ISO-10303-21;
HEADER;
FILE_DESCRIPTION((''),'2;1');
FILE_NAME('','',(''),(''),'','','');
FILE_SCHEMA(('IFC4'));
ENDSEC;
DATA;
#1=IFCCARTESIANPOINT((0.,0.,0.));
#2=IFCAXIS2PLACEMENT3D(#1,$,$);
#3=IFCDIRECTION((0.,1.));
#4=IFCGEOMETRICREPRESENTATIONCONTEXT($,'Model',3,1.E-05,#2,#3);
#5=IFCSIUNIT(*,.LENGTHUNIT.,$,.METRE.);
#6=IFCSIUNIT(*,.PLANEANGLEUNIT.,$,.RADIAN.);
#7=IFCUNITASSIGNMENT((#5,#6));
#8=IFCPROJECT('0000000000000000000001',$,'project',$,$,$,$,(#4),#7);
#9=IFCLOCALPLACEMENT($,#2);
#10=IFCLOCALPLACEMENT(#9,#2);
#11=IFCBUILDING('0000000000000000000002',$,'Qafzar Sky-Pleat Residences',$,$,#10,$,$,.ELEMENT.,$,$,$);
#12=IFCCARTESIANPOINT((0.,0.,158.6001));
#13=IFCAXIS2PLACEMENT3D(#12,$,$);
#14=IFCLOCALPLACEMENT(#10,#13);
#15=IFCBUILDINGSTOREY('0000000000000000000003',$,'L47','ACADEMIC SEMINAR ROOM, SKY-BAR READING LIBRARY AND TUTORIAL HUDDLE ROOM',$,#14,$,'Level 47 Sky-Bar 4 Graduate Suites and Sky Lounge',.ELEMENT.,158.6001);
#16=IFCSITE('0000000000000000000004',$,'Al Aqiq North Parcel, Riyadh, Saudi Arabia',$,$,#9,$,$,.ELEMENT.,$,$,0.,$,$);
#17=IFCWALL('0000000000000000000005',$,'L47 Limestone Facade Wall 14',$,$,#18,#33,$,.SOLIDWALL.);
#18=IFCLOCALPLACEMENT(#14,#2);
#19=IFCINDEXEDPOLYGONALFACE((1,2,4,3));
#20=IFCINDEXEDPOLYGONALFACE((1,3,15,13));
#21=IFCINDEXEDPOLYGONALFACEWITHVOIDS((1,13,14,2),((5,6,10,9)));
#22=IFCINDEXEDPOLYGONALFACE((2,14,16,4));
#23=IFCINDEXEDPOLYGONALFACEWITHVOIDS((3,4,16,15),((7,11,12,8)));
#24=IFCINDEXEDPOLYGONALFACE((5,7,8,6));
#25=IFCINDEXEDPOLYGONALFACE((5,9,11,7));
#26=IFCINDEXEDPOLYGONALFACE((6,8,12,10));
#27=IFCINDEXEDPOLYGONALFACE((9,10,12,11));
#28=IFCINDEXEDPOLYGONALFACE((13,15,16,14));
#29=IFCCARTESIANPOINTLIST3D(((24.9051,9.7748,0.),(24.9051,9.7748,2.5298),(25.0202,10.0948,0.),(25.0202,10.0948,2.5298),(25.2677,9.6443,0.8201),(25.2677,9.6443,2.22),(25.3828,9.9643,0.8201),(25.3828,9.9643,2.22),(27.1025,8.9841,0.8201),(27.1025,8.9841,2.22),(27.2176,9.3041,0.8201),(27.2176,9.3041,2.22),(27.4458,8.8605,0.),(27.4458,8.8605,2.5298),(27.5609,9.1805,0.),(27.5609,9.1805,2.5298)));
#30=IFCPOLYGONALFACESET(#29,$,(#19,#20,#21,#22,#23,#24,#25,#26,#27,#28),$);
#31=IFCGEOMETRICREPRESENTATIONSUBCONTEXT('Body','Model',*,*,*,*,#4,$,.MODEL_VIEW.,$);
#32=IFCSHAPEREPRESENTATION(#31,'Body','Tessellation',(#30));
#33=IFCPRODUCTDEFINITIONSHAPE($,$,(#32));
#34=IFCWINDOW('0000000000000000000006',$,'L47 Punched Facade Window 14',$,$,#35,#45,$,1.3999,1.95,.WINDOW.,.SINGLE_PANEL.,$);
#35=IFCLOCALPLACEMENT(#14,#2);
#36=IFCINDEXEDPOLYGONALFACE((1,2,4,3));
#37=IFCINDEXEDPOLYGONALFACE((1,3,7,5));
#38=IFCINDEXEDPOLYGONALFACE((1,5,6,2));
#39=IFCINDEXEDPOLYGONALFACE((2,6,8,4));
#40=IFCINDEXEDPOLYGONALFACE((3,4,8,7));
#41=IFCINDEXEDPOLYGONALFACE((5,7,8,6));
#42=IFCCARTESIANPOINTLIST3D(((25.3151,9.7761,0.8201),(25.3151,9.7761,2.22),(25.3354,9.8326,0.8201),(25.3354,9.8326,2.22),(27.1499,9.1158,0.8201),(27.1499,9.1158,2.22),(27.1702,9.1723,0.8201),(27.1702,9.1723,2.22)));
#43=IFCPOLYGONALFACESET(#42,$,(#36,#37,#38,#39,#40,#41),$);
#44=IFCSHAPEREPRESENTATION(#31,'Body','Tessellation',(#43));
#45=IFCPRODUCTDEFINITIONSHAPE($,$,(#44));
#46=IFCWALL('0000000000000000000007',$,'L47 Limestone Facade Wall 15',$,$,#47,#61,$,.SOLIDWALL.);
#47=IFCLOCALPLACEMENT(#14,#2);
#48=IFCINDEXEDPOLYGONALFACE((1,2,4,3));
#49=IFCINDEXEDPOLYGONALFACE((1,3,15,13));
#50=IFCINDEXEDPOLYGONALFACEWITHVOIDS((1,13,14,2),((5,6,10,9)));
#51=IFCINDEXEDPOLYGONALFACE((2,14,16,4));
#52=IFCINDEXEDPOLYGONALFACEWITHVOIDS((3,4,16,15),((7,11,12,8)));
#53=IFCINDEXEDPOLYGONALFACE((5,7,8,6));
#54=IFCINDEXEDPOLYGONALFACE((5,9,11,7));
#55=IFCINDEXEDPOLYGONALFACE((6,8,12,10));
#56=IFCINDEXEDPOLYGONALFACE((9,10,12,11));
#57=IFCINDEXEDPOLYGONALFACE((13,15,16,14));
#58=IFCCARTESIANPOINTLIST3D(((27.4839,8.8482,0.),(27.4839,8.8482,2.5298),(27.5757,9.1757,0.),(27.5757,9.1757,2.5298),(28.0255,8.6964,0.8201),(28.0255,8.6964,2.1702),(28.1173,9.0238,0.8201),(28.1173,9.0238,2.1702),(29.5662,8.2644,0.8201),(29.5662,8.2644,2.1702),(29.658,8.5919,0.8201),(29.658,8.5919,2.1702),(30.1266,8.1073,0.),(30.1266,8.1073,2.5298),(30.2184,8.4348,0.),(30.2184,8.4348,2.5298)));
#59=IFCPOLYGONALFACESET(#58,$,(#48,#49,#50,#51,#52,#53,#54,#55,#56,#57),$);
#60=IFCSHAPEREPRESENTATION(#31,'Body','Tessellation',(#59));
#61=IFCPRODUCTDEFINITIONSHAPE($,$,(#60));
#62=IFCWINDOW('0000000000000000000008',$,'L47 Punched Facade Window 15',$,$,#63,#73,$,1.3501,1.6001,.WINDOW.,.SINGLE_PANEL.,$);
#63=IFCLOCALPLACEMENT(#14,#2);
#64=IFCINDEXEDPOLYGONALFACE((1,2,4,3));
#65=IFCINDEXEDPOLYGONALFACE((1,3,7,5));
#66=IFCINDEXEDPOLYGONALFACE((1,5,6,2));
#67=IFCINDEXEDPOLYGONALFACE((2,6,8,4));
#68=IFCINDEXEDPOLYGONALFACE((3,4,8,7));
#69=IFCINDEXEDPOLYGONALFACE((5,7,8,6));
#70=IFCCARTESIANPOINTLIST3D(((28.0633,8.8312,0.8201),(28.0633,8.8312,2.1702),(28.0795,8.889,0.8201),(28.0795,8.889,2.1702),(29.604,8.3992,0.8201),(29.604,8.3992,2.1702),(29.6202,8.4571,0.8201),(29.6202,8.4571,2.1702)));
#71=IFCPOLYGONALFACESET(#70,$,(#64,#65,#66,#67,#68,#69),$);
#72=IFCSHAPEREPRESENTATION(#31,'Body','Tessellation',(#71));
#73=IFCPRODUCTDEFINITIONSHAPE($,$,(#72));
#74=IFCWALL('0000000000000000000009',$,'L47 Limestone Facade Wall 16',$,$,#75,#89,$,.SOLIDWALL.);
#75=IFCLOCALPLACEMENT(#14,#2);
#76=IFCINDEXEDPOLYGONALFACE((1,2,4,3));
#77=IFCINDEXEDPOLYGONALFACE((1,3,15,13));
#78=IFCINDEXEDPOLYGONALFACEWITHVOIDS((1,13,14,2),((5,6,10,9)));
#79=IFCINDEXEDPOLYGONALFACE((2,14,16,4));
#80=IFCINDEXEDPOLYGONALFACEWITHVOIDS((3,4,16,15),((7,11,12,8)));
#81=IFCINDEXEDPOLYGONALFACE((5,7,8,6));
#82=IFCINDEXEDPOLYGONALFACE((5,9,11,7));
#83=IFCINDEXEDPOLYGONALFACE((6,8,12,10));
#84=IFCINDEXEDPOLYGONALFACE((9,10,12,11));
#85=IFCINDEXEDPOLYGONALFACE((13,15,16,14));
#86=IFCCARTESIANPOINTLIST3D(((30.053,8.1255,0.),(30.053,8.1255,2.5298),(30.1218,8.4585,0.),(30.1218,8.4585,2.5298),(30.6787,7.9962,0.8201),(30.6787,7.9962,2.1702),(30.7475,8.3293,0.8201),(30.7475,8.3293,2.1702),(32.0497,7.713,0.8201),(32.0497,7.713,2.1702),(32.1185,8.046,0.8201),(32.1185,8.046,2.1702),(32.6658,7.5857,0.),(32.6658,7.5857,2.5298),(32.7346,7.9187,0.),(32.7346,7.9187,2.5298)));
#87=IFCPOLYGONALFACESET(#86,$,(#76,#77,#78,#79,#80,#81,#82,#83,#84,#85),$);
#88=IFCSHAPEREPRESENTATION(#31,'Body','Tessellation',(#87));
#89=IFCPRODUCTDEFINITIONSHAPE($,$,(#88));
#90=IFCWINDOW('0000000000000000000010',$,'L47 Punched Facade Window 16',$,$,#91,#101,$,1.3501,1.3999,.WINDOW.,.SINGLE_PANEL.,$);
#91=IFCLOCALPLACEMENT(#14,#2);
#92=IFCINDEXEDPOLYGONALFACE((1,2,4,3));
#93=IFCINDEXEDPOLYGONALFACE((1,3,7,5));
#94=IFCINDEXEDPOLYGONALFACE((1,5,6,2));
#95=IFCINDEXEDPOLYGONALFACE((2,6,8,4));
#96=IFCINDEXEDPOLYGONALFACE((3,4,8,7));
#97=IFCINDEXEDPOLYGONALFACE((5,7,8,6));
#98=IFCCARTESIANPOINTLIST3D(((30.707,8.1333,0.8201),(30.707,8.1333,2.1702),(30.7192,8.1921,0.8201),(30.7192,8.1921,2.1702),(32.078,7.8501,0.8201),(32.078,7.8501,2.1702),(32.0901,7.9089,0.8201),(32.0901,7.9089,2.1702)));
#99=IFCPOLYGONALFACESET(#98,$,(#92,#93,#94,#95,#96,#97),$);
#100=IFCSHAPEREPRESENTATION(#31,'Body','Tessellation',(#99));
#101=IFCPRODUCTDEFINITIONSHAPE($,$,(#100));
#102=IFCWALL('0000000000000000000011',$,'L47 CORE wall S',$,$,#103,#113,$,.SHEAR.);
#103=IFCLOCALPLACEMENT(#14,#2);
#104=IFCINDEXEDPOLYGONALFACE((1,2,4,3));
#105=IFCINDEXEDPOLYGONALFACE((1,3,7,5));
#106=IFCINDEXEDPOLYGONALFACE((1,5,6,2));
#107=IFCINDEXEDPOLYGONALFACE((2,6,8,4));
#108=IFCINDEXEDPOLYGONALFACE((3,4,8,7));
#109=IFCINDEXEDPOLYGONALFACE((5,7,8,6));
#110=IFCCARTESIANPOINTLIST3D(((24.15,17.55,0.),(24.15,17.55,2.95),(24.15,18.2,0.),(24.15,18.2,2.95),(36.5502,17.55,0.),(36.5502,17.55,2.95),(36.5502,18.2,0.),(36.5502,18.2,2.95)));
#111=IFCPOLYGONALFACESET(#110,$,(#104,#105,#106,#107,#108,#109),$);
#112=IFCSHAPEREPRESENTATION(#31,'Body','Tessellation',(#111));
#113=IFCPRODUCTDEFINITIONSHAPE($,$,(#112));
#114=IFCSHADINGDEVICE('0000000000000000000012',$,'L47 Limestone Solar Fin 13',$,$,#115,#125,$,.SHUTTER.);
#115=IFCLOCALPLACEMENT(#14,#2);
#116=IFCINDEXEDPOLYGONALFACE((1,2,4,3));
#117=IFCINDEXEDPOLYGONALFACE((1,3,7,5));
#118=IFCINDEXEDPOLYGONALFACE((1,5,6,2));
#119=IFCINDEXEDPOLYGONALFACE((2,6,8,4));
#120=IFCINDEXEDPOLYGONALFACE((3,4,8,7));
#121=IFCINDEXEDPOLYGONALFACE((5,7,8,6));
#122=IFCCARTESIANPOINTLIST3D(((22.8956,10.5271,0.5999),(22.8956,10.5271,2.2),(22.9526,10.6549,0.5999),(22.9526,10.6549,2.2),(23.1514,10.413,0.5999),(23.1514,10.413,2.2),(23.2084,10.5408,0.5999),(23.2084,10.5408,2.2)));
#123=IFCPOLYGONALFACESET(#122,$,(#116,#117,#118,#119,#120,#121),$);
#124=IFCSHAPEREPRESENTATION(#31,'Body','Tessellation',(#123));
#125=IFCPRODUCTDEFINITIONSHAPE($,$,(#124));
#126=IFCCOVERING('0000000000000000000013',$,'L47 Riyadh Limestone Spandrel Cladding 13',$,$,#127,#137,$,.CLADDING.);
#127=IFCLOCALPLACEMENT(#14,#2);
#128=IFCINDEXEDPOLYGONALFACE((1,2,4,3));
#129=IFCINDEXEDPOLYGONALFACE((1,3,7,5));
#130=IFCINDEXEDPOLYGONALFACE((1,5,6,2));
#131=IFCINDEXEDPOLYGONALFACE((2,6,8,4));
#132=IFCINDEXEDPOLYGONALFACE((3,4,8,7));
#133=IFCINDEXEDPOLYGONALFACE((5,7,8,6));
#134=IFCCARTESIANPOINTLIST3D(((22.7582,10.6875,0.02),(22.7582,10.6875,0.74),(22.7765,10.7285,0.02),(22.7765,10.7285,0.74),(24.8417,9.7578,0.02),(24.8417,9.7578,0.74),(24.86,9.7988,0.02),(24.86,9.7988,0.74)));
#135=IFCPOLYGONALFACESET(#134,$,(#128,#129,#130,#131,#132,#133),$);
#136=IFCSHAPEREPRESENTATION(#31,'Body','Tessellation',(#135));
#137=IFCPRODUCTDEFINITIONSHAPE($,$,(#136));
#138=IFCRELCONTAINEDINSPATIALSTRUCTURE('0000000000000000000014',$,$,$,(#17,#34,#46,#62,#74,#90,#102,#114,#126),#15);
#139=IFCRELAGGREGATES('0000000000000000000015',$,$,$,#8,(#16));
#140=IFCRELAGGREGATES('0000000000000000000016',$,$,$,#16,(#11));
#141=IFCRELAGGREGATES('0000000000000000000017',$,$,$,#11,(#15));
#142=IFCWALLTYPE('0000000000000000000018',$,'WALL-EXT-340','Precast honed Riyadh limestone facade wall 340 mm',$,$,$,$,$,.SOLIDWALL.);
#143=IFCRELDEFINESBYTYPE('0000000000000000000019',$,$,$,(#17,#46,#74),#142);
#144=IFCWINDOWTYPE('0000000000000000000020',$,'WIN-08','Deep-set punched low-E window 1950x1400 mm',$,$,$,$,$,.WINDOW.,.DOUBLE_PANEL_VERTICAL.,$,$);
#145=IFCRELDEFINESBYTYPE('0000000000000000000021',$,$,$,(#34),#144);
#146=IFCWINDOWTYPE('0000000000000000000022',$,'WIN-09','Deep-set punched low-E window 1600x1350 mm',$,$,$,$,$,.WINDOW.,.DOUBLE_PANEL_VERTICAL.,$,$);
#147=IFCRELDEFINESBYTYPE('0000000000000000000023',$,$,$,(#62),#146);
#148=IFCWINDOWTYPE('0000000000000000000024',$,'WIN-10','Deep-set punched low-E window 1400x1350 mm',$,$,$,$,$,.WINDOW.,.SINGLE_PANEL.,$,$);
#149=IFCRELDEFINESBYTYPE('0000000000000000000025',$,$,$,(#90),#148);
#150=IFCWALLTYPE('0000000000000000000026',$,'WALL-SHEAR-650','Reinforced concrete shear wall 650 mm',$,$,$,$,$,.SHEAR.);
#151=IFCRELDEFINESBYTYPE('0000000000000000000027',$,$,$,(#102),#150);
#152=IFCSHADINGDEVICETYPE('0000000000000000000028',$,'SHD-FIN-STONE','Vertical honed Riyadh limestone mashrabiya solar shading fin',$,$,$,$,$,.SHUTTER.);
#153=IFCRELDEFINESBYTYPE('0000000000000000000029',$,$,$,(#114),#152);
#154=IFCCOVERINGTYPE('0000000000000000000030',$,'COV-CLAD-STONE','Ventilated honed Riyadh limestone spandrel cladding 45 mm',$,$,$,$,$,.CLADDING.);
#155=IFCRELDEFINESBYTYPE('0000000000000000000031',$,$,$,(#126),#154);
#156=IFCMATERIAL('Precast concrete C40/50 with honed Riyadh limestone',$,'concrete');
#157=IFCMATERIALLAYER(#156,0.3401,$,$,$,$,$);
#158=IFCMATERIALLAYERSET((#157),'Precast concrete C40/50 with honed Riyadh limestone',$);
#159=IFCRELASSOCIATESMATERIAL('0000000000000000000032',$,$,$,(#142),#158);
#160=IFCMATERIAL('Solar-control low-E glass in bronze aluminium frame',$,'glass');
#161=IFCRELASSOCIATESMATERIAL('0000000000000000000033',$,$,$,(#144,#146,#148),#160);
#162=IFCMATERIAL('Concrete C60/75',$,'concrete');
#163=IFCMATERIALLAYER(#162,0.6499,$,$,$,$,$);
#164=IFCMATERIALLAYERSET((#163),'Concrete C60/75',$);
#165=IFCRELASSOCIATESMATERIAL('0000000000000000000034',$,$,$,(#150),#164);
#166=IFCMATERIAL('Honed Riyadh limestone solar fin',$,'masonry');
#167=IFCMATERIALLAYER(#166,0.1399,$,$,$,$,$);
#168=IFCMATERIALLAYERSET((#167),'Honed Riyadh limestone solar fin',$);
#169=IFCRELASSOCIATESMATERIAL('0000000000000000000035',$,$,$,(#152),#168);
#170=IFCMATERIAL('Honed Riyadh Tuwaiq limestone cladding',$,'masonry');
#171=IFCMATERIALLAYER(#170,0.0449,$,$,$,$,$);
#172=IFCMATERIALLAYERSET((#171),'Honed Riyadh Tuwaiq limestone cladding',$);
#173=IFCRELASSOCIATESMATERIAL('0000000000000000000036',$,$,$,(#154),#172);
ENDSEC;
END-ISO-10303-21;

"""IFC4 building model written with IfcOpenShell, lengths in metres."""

from ifc_helpers import new_model, si_unit, direction, frame, frame_2d, origin, origin_2d, place, context, subcontext, project, spatial, rectangle, extrude, source, transform, mapped, material, layer, layer_set, type_object, element, fill, save


model = new_model("IFC4")

# Units and contexts
model_context = context("Model", 3, precision=1e-05, world=origin(), true_north=direction((0.0, 1.0)))
body_context = subcontext(model_context, "Body", "Model", "MODEL_VIEW")
ifc_project = project(units=[si_unit("LENGTHUNIT", "METRE"), si_unit("PLANEANGLEUNIT", "RADIAN")], contexts=[model_context])

# Site, building, storey
site_placement = place(None, origin())
site = spatial("IfcSite", under=ifc_project, at=site_placement, Name="Al Aqiq North Parcel, Riyadh, Saudi Arabia", CompositionType="ELEMENT", RefElevation=0.0)
building_placement = place(site_placement, origin())
building = spatial("IfcBuilding", under=site, at=building_placement, Name="Qafzar Sky-Pleat Residences", CompositionType="ELEMENT")
storey_placement = place(building_placement, frame((0.0, 0.0, 158.6001)))
storey = spatial("IfcBuildingStorey", under=building, at=storey_placement, Name="L47", Description="ACADEMIC SEMINAR ROOM, SKY-BAR READING LIBRARY AND TUTORIAL HUDDLE ROOM", LongName="Level 47 Sky-Bar 4 Graduate Suites and Sky Lounge", CompositionType="ELEMENT", Elevation=158.6001)

# Shared definitions
ifc_material_1 = material(Name="Concrete C60/75", Category="concrete")

# Walls, openings, windows
ifc_material_2 = material(Name="Precast concrete C40/50 with honed Riyadh limestone", Category="concrete")
ifc_layer_1 = layer(ifc_material_2, 0.3401)
ifc_layer_set_1 = layer_set([ifc_layer_1], Name="Precast concrete C40/50 with honed Riyadh limestone")
wall_type_1 = type_object("IfcWallType", Name="WALL-EXT-340", Description="Precast honed Riyadh limestone facade wall 340 mm", PredefinedType="SOLIDWALL", material=ifc_layer_set_1)
ifc_material_3 = material(Name="Solar-control low-E glass in bronze aluminium frame", Category="glass")
wall_1_placement = place(storey_placement, frame((24.9626, 9.9348, 0.0), z_axis=(0.0, 0.0, 1.0), x_axis=(0.940931, -0.338598, 0.0)))
wall_1 = element("IfcWall", 1, at=wall_1_placement, inside=storey, type_object=wall_type_1, Name="L47 Limestone Facade Wall 14", PredefinedType="SOLIDWALL", context=body_context, shape_type="SweptSolid", body=[
    extrude(rectangle(XDim=2.7002, YDim=0.3401, at=frame_2d((1.3501, 0.0))), origin(), (0.0, 0.0, 1.0), 2.5298),
])
opening_1_placement = place(wall_1_placement, frame((0.3853, 0.0, 0.8201)))
opening_1 = element("IfcOpeningElement", 2, at=opening_1_placement, cuts=wall_1, PredefinedType="OPENING", context=body_context, shape_type="SweptSolid", body=[
    extrude(rectangle(XDim=1.95, YDim=1.3999, at=frame_2d((0.9751, 0.7))), frame((0.0, 0.1802, 0.0), z_axis=(0.0, -1.0, 0.0), x_axis=(1.0, 0.0, 0.0)), (0.0, 0.0, 1.0), 0.3601),
])
window_type_1 = type_object("IfcWindowType", Name="WIN-08", Description="Deep-set punched low-E window 1950x1400 mm", PartitioningType="DOUBLE_PANEL_VERTICAL", PredefinedType="WINDOW", material=ifc_material_3)
shared_shape_1 = source(origin(), body_context, "Body", "SweptSolid", [
    extrude(rectangle(XDim=1.95, YDim=1.3999, at=frame_2d((0.9751, 0.7))), frame((0.0, 0.03, 0.0), z_axis=(0.0, -1.0, 0.0), x_axis=(1.0, 0.0, 0.0)), (0.0, 0.0, 1.0), 0.0601),
])
window_1_placement = place(opening_1_placement, origin())
window_1 = element("IfcWindow", 3, at=window_1_placement, inside=storey, type_object=window_type_1, Name="L47 Punched Facade Window 14", OverallHeight=1.3999, OverallWidth=1.95, PartitioningType="SINGLE_PANEL", PredefinedType="WINDOW", context=body_context, shape_type="MappedRepresentation", body=[
    mapped(shared_shape_1, transform((0.0, 0.0, 0.0), x_axis=(1.0, 0.0, 0.0), y_axis=(0.0, 1.0, 0.0), z_axis=(0.0, 0.0, 1.0), scale=1.0)),
])
fill(opening_1, window_1)
wall_2_placement = place(storey_placement, frame((27.5298, 9.012, 0.0), z_axis=(0.0, 0.0, 1.0), x_axis=(0.962872, -0.26996, 0.0)))
wall_2 = element("IfcWall", 4, at=wall_2_placement, inside=storey, type_object=wall_type_1, Name="L47 Limestone Facade Wall 15", PredefinedType="SOLIDWALL", context=body_context, shape_type="SweptSolid", body=[
    extrude(rectangle(XDim=2.7446, YDim=0.3401, at=frame_2d((1.3723, 0.0))), origin(), (0.0, 0.0, 1.0), 2.5298),
])
opening_2_placement = place(wall_2_placement, frame((0.5625, 0.0, 0.8201)))
opening_2 = element("IfcOpeningElement", 5, at=opening_2_placement, cuts=wall_2, PredefinedType="OPENING", context=body_context, shape_type="SweptSolid", body=[
    extrude(rectangle(XDim=1.6001, YDim=1.3501, at=frame_2d((0.8, 0.675))), frame((0.0, 0.1802, 0.0), z_axis=(0.0, -1.0, 0.0), x_axis=(1.0, 0.0, 0.0)), (0.0, 0.0, 1.0), 0.3601),
])
window_type_2 = type_object("IfcWindowType", Name="WIN-09", Description="Deep-set punched low-E window 1600x1350 mm", PartitioningType="DOUBLE_PANEL_VERTICAL", PredefinedType="WINDOW", material=ifc_material_3)
shared_shape_2 = source(origin(), body_context, "Body", "SweptSolid", [
    extrude(rectangle(XDim=1.6001, YDim=1.3501, at=frame_2d((0.8, 0.675))), frame((0.0, 0.03, 0.0), z_axis=(0.0, -1.0, 0.0), x_axis=(1.0, 0.0, 0.0)), (0.0, 0.0, 1.0), 0.0601),
])
window_2_placement = place(opening_2_placement, origin())
window_2 = element("IfcWindow", 6, at=window_2_placement, inside=storey, type_object=window_type_2, Name="L47 Punched Facade Window 15", OverallHeight=1.3501, OverallWidth=1.6001, PartitioningType="SINGLE_PANEL", PredefinedType="WINDOW", context=body_context, shape_type="MappedRepresentation", body=[
    mapped(shared_shape_2, transform((0.0, 0.0, 0.0), x_axis=(1.0, 0.0, 0.0), y_axis=(0.0, 1.0, 0.0), z_axis=(0.0, 0.0, 1.0), scale=1.0)),
])
fill(opening_2, window_2)
wall_3_placement = place(storey_placement, frame((30.0874, 8.292, 0.0), z_axis=(0.0, 0.0, 1.0), x_axis=(0.979319, -0.202324, 0.0)))
wall_3 = element("IfcWall", 7, at=wall_3_placement, inside=storey, type_object=wall_type_1, Name="L47 Limestone Facade Wall 16", PredefinedType="SOLIDWALL", context=body_context, shape_type="SweptSolid", body=[
    extrude(rectangle(XDim=2.668, YDim=0.3401, at=frame_2d((1.334, 0.0))), origin(), (0.0, 0.0, 1.0), 2.5298),
])
opening_3_placement = place(wall_3_placement, frame((0.6389, 0.0, 0.8201)))
opening_3 = element("IfcOpeningElement", 8, at=opening_3_placement, cuts=wall_3, PredefinedType="OPENING", context=body_context, shape_type="SweptSolid", body=[
    extrude(rectangle(XDim=1.3999, YDim=1.3501, at=frame_2d((0.7, 0.675))), frame((0.0, 0.1802, 0.0), z_axis=(0.0, -1.0, 0.0), x_axis=(1.0, 0.0, 0.0)), (0.0, 0.0, 1.0), 0.3601),
])
window_type_3 = type_object("IfcWindowType", Name="WIN-10", Description="Deep-set punched low-E window 1400x1350 mm", PartitioningType="SINGLE_PANEL", PredefinedType="WINDOW", material=ifc_material_3)
shared_shape_3 = source(origin(), body_context, "Body", "SweptSolid", [
    extrude(rectangle(XDim=1.3999, YDim=1.3501, at=frame_2d((0.7, 0.675))), frame((0.0, 0.03, 0.0), z_axis=(0.0, -1.0, 0.0), x_axis=(1.0, 0.0, 0.0)), (0.0, 0.0, 1.0), 0.0601),
])
window_3_placement = place(opening_3_placement, origin())
window_3 = element("IfcWindow", 9, at=window_3_placement, inside=storey, type_object=window_type_3, Name="L47 Punched Facade Window 16", OverallHeight=1.3501, OverallWidth=1.3999, PartitioningType="SINGLE_PANEL", PredefinedType="WINDOW", context=body_context, shape_type="MappedRepresentation", body=[
    mapped(shared_shape_3, transform((0.0, 0.0, 0.0), x_axis=(1.0, 0.0, 0.0), y_axis=(0.0, 1.0, 0.0), z_axis=(0.0, 0.0, 1.0), scale=1.0)),
])
fill(opening_3, window_3)

# Wall
ifc_layer_2 = layer(ifc_material_1, 0.6499)
ifc_layer_set_2 = layer_set([ifc_layer_2], Name="Concrete C60/75")
wall_type_2 = type_object("IfcWallType", Name="WALL-SHEAR-650", Description="Reinforced concrete shear wall 650 mm", PredefinedType="SHEAR", material=ifc_layer_set_2)
wall_4_placement = place(storey_placement, frame((24.1499, 17.875, 0.0), z_axis=(0.0, 0.0, 1.0), x_axis=(1.0, 0.0, 0.0)))
element("IfcWall", 10, at=wall_4_placement, inside=storey, type_object=wall_type_2, Name="L47 CORE wall S", PredefinedType="SHEAR", context=body_context, shape_type="SweptSolid", body=[
    extrude(rectangle(XDim=12.4001, YDim=0.6499, at=frame_2d((6.2002, 0.0))), origin(), (0.0, 0.0, 1.0), 2.95),
])

# Shading device
ifc_material_4 = material(Name="Honed Riyadh limestone solar fin", Category="masonry")
ifc_layer_3 = layer(ifc_material_4, 0.1399)
ifc_layer_set_3 = layer_set([ifc_layer_3], Name="Honed Riyadh limestone solar fin")
shading_device_type = type_object("IfcShadingDeviceType", Name="SHD-FIN-STONE", Description="Vertical honed Riyadh limestone mashrabiya solar shading fin", PredefinedType="SHUTTER", material=ifc_layer_set_3)
shared_shape_4 = source(origin(), body_context, "Body", "SweptSolid", [
    extrude(rectangle(XDim=0.1399, YDim=0.28, at=origin_2d()), origin(), (0.0, 0.0, 1.0), 1.6001),
])
shading_device_placement = place(storey_placement, frame((23.052, 10.5339, 0.5999), z_axis=(0.0, 0.0, 1.0), x_axis=(-0.407523, -0.913195, 0.0)))
element("IfcShadingDevice", 11, at=shading_device_placement, inside=storey, type_object=shading_device_type, Name="L47 Limestone Solar Fin 13", PredefinedType="SHUTTER", context=body_context, shape_type="MappedRepresentation", body=[
    mapped(shared_shape_4, transform((0.0, 0.0, 0.0), x_axis=(1.0, 0.0, 0.0), y_axis=(0.0, 1.0, 0.0), z_axis=(0.0, 0.0, 1.0), scale=1.0)),
])

# Covering
ifc_material_5 = material(Name="Honed Riyadh Tuwaiq limestone cladding", Category="masonry")
ifc_layer_4 = layer(ifc_material_5, 0.0449)
ifc_layer_set_4 = layer_set([ifc_layer_4], Name="Honed Riyadh Tuwaiq limestone cladding")
covering_type = type_object("IfcCoveringType", Name="COV-CLAD-STONE", Description="Ventilated honed Riyadh limestone spandrel cladding 45 mm", PredefinedType="CLADDING", material=ifc_layer_set_4)
shared_shape_5 = source(origin(), body_context, "Body", "SweptSolid", [
    extrude(rectangle(XDim=2.2815, YDim=0.0449, at=origin_2d()), origin(), (0.0, 0.0, 1.0), 0.72),
])
covering_placement = place(storey_placement, frame((23.8091, 10.2432, 0.02), z_axis=(0.0, 0.0, 1.0), x_axis=(0.913201, -0.40751, 0.0)))
element("IfcCovering", 12, at=covering_placement, inside=storey, type_object=covering_type, Name="L47 Riyadh Limestone Spandrel Cladding 13", PredefinedType="CLADDING", context=body_context, shape_type="MappedRepresentation", body=[
    mapped(shared_shape_5, transform((0.0, 0.0, 0.0), x_axis=(1.0, 0.0, 0.0), y_axis=(0.0, 1.0, 0.0), z_axis=(0.0, 0.0, 1.0), scale=1.0)),
])

save(model, "model.ifc")
